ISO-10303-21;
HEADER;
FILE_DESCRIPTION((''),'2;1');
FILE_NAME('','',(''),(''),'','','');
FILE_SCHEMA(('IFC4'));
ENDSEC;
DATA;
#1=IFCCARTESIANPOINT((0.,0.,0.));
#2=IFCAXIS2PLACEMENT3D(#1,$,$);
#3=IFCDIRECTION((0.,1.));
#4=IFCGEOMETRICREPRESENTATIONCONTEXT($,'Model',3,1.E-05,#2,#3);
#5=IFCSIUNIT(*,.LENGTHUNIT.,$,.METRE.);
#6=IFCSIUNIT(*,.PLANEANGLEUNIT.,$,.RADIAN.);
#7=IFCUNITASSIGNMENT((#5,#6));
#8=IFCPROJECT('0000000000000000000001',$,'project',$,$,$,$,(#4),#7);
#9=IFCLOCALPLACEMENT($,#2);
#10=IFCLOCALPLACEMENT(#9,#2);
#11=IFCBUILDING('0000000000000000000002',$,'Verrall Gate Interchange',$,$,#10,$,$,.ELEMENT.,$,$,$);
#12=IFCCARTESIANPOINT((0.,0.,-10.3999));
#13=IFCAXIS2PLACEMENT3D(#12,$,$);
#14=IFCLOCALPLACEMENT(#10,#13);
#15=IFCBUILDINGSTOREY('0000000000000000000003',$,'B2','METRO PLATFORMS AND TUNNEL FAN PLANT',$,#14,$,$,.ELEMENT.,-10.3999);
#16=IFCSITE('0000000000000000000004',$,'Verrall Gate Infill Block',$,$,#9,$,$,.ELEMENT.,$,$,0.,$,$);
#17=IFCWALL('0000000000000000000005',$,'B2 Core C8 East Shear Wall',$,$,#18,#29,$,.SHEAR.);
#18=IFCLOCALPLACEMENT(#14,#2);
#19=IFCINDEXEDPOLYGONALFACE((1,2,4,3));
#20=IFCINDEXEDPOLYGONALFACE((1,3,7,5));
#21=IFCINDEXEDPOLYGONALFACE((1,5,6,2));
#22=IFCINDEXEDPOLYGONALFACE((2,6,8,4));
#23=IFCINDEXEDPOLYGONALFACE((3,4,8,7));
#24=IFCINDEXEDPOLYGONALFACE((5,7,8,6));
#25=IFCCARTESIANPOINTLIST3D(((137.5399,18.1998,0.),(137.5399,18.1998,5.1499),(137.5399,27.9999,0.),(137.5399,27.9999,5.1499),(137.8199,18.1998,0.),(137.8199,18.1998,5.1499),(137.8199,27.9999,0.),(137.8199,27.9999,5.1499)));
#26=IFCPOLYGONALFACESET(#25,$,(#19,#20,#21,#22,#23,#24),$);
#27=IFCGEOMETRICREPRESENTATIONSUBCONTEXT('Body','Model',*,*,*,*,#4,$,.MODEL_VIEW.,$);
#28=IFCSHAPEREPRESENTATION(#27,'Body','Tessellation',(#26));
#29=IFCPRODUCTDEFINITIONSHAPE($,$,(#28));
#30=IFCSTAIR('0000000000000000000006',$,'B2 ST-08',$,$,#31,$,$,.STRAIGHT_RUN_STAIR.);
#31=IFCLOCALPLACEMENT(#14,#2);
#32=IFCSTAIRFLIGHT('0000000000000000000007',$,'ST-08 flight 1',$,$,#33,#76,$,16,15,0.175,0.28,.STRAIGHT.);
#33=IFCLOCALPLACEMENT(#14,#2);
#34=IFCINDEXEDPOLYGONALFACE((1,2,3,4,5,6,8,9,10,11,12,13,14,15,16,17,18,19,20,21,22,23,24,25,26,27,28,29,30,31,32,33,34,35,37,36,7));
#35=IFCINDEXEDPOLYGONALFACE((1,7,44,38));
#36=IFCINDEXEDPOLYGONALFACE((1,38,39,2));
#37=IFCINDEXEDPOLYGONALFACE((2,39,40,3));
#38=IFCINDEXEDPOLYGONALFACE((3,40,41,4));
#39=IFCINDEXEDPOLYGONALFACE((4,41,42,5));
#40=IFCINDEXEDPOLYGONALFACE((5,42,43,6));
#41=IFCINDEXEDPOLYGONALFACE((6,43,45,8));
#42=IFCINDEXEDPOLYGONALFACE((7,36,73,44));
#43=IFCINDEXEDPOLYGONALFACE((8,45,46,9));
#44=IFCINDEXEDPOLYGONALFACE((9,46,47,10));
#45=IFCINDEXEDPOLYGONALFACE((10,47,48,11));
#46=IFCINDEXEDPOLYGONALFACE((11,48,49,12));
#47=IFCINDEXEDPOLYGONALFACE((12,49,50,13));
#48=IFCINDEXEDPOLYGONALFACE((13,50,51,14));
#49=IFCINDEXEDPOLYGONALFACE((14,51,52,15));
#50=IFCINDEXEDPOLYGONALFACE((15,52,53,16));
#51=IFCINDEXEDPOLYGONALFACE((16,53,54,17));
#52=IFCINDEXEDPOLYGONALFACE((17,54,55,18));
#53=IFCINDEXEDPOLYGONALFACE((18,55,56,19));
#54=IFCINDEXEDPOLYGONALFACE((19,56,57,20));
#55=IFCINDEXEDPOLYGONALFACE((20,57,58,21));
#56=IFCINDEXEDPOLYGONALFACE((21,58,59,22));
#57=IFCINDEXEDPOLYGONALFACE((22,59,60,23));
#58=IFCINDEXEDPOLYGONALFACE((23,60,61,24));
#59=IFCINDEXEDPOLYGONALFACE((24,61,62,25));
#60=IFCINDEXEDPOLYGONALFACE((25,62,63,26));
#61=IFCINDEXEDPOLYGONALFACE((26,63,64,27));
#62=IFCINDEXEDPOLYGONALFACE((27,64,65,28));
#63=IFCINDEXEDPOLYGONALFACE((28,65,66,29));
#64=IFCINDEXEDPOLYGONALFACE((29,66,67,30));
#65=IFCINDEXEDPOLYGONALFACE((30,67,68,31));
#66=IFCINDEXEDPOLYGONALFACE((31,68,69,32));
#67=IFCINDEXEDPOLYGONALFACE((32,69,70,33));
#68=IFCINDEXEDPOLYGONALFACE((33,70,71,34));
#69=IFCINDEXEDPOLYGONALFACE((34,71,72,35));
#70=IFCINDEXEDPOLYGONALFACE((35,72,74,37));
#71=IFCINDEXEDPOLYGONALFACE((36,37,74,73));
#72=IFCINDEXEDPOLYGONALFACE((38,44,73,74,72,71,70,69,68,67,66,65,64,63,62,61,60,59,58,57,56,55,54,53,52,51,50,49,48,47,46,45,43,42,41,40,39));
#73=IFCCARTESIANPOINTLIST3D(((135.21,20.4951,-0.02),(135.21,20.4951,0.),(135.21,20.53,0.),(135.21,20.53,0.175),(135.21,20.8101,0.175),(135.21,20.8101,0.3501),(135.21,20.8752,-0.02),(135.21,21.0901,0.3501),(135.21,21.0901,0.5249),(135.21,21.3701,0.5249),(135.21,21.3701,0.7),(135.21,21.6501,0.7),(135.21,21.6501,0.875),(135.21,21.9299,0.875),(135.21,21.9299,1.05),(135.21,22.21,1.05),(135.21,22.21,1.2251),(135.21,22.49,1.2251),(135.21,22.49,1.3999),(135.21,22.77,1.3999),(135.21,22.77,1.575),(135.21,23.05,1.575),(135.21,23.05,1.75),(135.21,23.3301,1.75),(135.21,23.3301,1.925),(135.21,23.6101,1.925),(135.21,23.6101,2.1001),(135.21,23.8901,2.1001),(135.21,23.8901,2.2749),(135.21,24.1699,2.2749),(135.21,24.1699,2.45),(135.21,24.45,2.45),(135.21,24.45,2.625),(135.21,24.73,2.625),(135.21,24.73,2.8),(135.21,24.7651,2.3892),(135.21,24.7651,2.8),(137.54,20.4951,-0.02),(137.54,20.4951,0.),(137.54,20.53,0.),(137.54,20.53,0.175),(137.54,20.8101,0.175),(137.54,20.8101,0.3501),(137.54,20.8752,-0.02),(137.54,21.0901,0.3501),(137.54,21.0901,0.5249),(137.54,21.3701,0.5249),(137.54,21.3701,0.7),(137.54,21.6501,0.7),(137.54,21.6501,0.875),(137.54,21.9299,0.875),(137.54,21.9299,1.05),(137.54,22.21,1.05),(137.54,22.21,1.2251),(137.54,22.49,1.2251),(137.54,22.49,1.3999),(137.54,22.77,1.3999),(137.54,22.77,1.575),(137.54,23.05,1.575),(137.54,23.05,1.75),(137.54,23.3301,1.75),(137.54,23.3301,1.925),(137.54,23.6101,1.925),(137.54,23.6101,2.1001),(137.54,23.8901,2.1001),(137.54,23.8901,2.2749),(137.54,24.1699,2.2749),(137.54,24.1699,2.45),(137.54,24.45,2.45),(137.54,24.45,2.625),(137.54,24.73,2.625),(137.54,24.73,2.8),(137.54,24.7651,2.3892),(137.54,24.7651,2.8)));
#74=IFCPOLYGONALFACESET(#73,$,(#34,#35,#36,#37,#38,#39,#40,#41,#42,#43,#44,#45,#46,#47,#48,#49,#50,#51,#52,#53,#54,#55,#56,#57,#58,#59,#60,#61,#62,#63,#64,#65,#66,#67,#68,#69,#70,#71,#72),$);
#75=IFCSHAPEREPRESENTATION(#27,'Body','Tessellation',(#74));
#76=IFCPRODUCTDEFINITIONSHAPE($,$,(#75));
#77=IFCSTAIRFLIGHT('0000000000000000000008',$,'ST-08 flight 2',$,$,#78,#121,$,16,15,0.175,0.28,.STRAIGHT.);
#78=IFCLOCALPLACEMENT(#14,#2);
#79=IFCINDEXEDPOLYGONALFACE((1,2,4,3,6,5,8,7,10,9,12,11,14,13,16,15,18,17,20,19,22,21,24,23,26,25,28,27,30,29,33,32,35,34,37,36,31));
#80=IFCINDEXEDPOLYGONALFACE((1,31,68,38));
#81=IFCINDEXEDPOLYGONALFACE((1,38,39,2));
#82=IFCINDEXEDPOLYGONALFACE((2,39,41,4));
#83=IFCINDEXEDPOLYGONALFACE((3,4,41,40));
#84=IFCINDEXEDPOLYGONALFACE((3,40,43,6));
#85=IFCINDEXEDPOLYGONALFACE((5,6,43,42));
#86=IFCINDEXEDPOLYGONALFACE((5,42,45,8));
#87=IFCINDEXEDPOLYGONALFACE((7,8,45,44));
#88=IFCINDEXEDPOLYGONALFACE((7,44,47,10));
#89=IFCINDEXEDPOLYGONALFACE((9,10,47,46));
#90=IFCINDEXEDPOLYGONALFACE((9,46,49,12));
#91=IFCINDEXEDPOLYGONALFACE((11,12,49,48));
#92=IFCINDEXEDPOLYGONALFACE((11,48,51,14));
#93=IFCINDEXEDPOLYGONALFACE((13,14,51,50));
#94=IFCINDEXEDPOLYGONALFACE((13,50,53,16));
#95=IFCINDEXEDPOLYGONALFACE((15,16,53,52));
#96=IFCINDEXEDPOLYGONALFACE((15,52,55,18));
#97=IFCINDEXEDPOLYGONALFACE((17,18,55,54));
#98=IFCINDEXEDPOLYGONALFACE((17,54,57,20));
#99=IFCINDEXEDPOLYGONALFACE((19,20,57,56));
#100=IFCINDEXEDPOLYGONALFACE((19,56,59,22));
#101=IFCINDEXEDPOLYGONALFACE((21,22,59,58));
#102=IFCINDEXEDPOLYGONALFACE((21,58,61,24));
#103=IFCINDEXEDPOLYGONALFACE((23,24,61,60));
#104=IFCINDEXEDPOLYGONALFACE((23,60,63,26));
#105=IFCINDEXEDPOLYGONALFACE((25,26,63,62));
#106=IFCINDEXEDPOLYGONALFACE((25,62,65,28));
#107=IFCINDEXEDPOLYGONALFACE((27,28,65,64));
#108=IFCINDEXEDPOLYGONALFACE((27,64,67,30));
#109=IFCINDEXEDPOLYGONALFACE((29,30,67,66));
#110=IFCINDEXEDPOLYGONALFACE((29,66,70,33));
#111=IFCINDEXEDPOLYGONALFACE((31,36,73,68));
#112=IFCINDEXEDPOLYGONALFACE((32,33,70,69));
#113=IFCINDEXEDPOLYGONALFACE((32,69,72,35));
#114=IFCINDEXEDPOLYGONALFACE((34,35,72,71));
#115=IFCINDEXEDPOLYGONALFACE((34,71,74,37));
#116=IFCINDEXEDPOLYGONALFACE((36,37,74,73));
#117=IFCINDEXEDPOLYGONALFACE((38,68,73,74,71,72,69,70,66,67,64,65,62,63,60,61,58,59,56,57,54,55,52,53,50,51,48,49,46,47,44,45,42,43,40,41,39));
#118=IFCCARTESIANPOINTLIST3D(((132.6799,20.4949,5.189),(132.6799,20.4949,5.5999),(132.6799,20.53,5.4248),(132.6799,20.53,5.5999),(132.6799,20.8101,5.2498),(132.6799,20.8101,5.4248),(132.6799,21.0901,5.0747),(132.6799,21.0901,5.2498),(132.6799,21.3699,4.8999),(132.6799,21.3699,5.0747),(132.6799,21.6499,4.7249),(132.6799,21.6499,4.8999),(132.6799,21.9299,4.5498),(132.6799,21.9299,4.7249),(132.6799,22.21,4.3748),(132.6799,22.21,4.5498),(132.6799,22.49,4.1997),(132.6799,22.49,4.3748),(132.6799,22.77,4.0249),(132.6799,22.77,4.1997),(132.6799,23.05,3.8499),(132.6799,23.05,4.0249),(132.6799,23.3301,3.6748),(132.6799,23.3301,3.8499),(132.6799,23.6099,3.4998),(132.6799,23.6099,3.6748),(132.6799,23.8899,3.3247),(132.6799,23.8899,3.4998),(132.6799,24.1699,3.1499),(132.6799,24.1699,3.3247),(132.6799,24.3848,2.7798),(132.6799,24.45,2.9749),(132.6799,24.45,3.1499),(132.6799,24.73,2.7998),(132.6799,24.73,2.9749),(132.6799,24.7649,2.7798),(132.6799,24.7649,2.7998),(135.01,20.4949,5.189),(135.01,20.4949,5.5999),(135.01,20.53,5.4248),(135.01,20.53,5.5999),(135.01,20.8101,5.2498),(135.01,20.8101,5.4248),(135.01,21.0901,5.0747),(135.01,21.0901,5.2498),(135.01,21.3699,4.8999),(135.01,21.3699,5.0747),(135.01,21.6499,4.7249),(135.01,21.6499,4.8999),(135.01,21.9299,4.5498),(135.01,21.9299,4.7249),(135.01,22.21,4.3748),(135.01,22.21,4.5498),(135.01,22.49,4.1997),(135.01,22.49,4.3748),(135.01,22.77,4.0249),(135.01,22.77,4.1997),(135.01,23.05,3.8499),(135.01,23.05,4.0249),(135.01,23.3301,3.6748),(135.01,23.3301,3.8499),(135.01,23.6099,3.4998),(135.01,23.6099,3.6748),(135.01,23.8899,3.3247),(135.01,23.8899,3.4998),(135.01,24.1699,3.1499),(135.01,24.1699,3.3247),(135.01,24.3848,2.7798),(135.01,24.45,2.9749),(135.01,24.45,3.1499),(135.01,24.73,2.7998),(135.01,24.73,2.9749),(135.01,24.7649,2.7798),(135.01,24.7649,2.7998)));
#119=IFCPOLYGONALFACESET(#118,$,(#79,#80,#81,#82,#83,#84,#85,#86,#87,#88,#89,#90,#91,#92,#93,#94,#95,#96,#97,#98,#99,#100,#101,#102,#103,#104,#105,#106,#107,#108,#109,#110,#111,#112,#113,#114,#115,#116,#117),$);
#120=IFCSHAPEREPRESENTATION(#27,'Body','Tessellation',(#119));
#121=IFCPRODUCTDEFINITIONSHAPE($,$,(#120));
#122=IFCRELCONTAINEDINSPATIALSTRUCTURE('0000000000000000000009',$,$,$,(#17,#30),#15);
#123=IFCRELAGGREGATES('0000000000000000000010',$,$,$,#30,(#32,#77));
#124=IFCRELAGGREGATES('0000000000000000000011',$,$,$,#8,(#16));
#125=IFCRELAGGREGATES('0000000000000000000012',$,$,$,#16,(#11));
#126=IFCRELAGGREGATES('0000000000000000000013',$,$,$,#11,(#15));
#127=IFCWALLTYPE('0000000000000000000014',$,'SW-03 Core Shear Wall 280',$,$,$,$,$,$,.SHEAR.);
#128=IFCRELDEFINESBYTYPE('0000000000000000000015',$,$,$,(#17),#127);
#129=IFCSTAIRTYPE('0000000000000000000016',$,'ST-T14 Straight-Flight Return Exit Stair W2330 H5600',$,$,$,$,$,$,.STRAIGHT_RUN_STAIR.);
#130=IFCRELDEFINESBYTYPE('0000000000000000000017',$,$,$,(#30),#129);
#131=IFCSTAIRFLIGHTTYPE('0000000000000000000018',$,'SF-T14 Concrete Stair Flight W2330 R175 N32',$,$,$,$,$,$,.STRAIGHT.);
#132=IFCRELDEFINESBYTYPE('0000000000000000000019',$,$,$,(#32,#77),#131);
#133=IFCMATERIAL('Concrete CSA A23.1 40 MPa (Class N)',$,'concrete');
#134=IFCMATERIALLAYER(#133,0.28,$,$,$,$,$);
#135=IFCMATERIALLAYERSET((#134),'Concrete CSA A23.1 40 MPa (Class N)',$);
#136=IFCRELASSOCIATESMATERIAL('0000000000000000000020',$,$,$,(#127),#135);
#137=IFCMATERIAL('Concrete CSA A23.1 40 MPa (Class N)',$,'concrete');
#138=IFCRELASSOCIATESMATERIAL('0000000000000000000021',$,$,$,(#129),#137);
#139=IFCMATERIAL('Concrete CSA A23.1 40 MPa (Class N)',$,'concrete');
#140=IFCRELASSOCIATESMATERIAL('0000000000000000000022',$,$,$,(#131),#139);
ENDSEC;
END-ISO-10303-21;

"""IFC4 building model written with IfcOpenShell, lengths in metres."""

from ifc_helpers import new_model, si_unit, direction, frame, frame_2d, origin, place, context, subcontext, project, spatial, polyline, rectangle, outline, extrude, material, layer, layer_set, type_object, element, aggregate, save


model = new_model("IFC4")

# Units and contexts
model_context = context("Model", 3, precision=1e-05, world=origin(), true_north=direction((0.0, 1.0)))
body_context = subcontext(model_context, "Body", "Model", "MODEL_VIEW")
ifc_project = project(units=[si_unit("LENGTHUNIT", "METRE"), si_unit("PLANEANGLEUNIT", "RADIAN")], contexts=[model_context])

# Site, building, storey
site_placement = place(None, origin())
site = spatial("IfcSite", under=ifc_project, at=site_placement, Name="Verrall Gate Infill Block", CompositionType="ELEMENT", RefElevation=0.0)
building_placement = place(site_placement, origin())
building = spatial("IfcBuilding", under=site, at=building_placement, Name="Verrall Gate Interchange", CompositionType="ELEMENT")
storey_placement = place(building_placement, frame((0.0, 0.0, -10.3999)))
storey = spatial("IfcBuildingStorey", under=building, at=storey_placement, Name="B2", Description="METRO PLATFORMS AND TUNNEL FAN PLANT", CompositionType="ELEMENT", Elevation=-10.3999)

# Shared definitions
ifc_material_1 = material(Name="Concrete CSA A23.1 40 MPa (Class N)", Category="concrete")
ifc_layer_1 = layer(ifc_material_1, 0.28)
ifc_layer_set_1 = layer_set([ifc_layer_1], Name="Concrete CSA A23.1 40 MPa (Class N)")
wall_type_1 = type_object("IfcWallType", Name="SW-03 Core Shear Wall 280", PredefinedType="SHEAR", material=ifc_layer_set_1)

# Wall
wall_1_placement = place(storey_placement, frame((137.6799, 18.2, 0.0), z_axis=(0.0, 0.0, 1.0), x_axis=(0.0, 1.0, 0.0)))
element("IfcWall", 1, at=wall_1_placement, inside=storey, type_object=wall_type_1, Name="B2 Core C8 East Shear Wall", PredefinedType="SHEAR", context=body_context, shape_type="SweptSolid", body=[
    extrude(rectangle(XDim=9.8, YDim=0.28, at=frame_2d((4.8999, 0.0))), origin(), (0.0, 0.0, 1.0), 5.1499),
])

# Stair, stair flights
ifc_material_2 = material(Name="Concrete CSA A23.1 40 MPa (Class N)", Category="concrete")
stair_type = type_object("IfcStairType", Name="ST-T14 Straight-Flight Return Exit Stair W2330 H5600", PredefinedType="STRAIGHT_RUN_STAIR", material=ifc_material_2)
stair_placement = place(storey_placement, origin())
stair = element("IfcStair", 2, at=stair_placement, inside=storey, type_object=stair_type, Name="B2 ST-08", PredefinedType="STRAIGHT_RUN_STAIR")
ifc_material_3 = material(Name="Concrete CSA A23.1 40 MPa (Class N)", Category="concrete")
stair_flight_type = type_object("IfcStairFlightType", Name="SF-T14 Concrete Stair Flight W2330 R175 N32", PredefinedType="STRAIGHT", material=ifc_material_3)
stair_flight_1_placement = place(storey_placement, frame((136.375, 20.53, 0.0), z_axis=(0.0, 0.0, 1.0), x_axis=(0.0, 1.0, 0.0)))
stair_flight_1 = element("IfcStairFlight", 3, at=stair_flight_1_placement, type_object=stair_flight_type, Name="ST-08 flight 1", NumberOfRisers=16, NumberOfTreads=15, PredefinedType="STRAIGHT", RiserHeight=0.175, TreadLength=0.28, context=body_context, shape_type="SweptSolid", body=[
    extrude(outline(polyline([(-0.0349, -0.02), (-0.0349, 0.0), (0.0, 0.0), (0.0, 0.175), (0.28, 0.175), (0.28, 0.3501), (0.5601, 0.3501), (0.5601, 0.5249), (0.8401, 0.5249), (0.8401, 0.7), (1.1201, 0.7), (1.1201, 0.875), (1.3999, 0.875), (1.3999, 1.05), (1.6799, 1.05), (1.6799, 1.2251), (1.96, 1.2251), (1.96, 1.3999), (2.24, 1.3999), (2.24, 1.575), (2.52, 1.575), (2.52, 1.75), (2.8, 1.75), (2.8, 1.925), (3.0801, 1.925), (3.0801, 2.1001), (3.3601, 2.1001), (3.3601, 2.2749), (3.6399, 2.2749), (3.6399, 2.45), (3.9199, 2.45), (3.9199, 2.625), (4.2, 2.625), (4.2, 2.8), (4.2351, 2.8), (4.2351, 2.3892), (0.3452, -0.02), (-0.0349, -0.02)])), frame((0.0, 1.165, 0.0), z_axis=(0.0, -1.0, 0.0), x_axis=(1.0, 0.0, 0.0)), (0.0, 0.0, 1.0), 2.3301),
])
stair_flight_2_placement = place(storey_placement, frame((133.845, 24.73, 2.7998), z_axis=(0.0, 0.0, 1.0), x_axis=(0.0, -1.0, 0.0)))
stair_flight_2 = element("IfcStairFlight", 4, at=stair_flight_2_placement, type_object=stair_flight_type, Name="ST-08 flight 2", NumberOfRisers=16, NumberOfTreads=15, PredefinedType="STRAIGHT", RiserHeight=0.175, TreadLength=0.28, context=body_context, shape_type="SweptSolid", body=[
    extrude(outline(polyline([(-0.0349, -0.02), (-0.0349, 0.0), (0.0, 0.0), (0.0, 0.175), (0.28, 0.175), (0.28, 0.3501), (0.5601, 0.3501), (0.5601, 0.5249), (0.8401, 0.5249), (0.8401, 0.7), (1.1201, 0.7), (1.1201, 0.875), (1.3999, 0.875), (1.3999, 1.05), (1.6799, 1.05), (1.6799, 1.2251), (1.96, 1.2251), (1.96, 1.3999), (2.24, 1.3999), (2.24, 1.575), (2.52, 1.575), (2.52, 1.75), (2.8, 1.75), (2.8, 1.925), (3.0801, 1.925), (3.0801, 2.1001), (3.3601, 2.1001), (3.3601, 2.2749), (3.6399, 2.2749), (3.6399, 2.45), (3.9199, 2.45), (3.9199, 2.625), (4.2, 2.625), (4.2, 2.8), (4.2351, 2.8), (4.2351, 2.3892), (0.3452, -0.02), (-0.0349, -0.02)])), frame((0.0, 1.165, 0.0), z_axis=(0.0, -1.0, 0.0), x_axis=(1.0, 0.0, 0.0)), (0.0, 0.0, 1.0), 2.3301),
])
aggregate(stair, [stair_flight_1, stair_flight_2])

save(model, "model.ifc")
